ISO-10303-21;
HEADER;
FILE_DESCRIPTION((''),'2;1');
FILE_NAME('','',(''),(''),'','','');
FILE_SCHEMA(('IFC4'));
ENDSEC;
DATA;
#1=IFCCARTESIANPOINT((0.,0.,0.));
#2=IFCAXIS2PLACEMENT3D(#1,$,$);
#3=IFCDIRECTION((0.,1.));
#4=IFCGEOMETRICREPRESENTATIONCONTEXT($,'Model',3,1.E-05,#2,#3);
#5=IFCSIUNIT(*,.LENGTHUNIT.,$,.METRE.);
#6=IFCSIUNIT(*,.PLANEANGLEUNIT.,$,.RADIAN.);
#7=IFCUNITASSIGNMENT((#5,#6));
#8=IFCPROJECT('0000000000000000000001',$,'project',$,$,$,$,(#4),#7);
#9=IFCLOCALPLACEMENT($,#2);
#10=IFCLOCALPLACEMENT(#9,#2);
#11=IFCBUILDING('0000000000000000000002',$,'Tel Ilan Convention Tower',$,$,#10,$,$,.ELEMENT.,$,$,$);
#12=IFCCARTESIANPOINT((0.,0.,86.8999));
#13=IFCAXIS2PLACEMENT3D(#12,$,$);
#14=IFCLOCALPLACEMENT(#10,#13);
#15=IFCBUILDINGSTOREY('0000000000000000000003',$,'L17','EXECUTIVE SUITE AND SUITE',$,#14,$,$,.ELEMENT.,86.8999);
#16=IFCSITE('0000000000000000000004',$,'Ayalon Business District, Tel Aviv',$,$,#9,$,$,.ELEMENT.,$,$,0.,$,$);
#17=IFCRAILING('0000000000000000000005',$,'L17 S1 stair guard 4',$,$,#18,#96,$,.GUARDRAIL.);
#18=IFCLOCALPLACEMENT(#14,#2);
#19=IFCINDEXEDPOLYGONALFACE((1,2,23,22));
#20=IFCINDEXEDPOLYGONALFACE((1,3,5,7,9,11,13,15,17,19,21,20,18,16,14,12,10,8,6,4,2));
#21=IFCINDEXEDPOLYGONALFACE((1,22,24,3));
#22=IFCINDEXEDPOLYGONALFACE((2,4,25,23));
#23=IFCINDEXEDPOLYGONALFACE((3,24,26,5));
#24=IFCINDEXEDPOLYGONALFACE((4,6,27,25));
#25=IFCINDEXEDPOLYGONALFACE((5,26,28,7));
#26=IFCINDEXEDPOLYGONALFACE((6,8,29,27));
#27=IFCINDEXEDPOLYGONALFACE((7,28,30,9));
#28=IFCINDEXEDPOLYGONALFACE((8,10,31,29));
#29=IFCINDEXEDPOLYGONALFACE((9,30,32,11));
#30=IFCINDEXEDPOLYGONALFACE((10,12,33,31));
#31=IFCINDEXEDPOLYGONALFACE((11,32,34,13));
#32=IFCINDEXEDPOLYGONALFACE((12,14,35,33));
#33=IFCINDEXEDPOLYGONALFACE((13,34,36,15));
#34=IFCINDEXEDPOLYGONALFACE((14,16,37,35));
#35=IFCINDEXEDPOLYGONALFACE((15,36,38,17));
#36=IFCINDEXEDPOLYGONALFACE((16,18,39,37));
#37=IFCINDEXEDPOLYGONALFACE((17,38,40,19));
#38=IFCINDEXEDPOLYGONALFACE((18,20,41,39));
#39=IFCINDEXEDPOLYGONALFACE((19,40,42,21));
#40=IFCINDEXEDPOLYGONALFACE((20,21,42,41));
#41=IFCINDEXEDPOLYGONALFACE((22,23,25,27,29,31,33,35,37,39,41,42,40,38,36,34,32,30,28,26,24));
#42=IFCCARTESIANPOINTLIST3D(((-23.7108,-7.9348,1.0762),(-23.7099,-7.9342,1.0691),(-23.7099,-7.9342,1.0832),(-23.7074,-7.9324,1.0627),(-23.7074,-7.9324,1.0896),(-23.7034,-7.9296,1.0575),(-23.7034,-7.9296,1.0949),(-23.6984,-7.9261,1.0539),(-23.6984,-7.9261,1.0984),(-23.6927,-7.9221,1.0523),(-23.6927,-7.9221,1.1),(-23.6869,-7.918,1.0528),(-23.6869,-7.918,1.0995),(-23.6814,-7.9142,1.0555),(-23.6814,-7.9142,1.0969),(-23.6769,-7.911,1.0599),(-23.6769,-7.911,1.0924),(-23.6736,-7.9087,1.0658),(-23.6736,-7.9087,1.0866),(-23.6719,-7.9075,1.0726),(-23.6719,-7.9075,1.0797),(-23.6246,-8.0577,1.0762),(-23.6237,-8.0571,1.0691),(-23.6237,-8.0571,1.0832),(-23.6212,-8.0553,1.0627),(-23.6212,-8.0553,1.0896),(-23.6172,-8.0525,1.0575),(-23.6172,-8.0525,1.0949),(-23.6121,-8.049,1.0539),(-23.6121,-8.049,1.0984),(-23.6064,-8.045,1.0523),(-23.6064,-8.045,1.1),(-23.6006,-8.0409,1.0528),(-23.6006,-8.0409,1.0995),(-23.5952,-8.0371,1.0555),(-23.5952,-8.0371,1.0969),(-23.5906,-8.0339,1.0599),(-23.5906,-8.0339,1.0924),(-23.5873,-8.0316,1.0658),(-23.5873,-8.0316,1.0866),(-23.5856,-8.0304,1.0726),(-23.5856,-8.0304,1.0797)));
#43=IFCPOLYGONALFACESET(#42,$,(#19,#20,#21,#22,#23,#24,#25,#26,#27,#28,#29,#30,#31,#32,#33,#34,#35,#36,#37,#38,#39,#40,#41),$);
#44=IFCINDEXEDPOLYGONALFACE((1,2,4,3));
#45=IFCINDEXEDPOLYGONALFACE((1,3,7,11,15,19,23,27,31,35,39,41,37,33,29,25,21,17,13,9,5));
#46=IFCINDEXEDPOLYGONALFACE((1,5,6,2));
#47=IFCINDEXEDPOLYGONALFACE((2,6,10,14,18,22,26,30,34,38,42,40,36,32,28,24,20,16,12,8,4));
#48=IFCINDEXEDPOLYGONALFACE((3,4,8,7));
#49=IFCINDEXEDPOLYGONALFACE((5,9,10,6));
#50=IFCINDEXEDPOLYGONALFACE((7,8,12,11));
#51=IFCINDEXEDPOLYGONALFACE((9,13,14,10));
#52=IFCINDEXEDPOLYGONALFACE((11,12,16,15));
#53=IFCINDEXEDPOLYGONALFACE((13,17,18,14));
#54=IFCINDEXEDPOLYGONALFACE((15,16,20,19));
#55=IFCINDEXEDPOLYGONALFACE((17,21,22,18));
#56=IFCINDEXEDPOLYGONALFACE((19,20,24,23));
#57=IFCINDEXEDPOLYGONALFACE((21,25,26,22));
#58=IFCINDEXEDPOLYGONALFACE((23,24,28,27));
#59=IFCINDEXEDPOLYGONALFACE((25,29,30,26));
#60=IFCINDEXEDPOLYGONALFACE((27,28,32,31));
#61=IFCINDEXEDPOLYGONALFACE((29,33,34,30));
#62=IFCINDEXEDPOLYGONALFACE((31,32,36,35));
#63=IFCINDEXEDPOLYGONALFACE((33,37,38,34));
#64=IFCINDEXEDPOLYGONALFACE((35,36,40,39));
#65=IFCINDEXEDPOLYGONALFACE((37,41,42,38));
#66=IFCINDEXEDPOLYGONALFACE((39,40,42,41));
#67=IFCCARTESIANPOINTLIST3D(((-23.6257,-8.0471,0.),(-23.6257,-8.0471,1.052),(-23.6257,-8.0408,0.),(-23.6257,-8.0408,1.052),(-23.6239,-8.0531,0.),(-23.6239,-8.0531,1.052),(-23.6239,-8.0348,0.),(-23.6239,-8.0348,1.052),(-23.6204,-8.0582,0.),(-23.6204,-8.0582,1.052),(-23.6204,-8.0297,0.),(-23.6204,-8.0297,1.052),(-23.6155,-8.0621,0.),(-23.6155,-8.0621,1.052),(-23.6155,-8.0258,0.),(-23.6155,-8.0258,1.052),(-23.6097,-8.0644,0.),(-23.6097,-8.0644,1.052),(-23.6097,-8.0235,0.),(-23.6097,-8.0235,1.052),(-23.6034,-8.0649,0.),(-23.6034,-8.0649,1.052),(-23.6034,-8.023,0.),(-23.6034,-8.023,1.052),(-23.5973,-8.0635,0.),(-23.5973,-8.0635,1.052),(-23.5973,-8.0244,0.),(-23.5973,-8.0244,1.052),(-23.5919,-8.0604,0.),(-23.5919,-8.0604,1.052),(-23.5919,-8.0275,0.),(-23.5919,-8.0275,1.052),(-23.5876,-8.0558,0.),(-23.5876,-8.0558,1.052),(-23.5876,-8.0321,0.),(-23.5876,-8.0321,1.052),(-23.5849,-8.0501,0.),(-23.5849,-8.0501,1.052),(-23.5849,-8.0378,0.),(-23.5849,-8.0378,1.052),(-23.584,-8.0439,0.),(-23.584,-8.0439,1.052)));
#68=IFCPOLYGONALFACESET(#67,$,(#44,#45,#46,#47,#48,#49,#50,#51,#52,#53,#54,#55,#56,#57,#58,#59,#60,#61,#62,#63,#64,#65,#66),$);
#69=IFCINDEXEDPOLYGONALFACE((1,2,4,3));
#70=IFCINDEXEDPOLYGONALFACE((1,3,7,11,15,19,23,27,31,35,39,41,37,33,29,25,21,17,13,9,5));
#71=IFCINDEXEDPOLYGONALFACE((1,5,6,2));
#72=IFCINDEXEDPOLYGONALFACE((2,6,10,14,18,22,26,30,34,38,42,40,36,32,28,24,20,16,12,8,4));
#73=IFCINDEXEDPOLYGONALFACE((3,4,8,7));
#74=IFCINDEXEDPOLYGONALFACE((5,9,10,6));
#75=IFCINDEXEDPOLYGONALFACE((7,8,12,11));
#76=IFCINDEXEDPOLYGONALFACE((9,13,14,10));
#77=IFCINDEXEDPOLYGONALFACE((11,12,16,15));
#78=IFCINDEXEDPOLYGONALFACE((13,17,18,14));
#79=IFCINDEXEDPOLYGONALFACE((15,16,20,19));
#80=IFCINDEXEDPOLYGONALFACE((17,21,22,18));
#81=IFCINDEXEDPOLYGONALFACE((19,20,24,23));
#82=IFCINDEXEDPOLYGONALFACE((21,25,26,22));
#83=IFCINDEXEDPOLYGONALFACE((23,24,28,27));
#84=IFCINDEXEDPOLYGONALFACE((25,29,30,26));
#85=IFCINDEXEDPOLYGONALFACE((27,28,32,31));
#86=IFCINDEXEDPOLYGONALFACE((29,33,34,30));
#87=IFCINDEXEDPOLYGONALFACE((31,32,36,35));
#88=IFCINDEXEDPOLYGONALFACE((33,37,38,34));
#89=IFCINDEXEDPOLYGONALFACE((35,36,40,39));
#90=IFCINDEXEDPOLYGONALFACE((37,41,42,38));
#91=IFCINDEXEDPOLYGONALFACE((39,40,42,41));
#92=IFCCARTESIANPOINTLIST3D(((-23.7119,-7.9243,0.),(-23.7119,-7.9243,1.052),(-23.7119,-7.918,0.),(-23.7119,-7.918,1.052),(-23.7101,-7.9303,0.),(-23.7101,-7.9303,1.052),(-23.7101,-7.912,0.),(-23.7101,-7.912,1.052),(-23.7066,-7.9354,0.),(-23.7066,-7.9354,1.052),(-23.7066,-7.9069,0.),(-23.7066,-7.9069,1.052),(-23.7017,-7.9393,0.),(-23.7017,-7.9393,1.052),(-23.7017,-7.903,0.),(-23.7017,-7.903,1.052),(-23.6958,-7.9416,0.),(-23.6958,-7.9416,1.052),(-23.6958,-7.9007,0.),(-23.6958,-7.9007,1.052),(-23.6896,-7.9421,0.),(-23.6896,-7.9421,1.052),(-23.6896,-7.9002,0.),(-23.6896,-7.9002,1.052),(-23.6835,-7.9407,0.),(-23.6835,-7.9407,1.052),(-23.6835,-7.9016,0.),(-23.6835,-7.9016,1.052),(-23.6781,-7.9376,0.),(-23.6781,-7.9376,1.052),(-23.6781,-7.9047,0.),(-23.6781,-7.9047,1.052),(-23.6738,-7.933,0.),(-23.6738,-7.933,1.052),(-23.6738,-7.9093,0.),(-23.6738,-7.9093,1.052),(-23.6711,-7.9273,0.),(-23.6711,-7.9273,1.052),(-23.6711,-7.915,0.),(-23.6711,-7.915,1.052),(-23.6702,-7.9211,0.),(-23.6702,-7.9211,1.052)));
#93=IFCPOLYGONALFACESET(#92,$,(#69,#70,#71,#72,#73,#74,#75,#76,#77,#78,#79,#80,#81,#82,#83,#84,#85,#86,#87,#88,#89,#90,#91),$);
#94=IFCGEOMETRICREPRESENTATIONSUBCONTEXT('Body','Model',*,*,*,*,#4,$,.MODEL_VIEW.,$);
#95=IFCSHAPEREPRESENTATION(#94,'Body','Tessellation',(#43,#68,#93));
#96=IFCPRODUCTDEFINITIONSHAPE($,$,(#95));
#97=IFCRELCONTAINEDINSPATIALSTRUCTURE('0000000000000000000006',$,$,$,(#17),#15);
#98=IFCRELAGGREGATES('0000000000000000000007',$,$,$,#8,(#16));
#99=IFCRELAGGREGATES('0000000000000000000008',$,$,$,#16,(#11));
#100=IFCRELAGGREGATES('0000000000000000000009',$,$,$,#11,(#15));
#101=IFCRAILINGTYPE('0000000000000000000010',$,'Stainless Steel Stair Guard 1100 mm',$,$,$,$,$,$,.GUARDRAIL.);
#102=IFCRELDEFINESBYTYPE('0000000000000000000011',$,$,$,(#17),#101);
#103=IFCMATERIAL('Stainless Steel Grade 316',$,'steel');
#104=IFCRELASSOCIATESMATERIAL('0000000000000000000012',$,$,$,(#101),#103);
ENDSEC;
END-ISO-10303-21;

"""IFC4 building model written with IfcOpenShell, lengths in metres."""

from ifc_helpers import new_model, si_unit, direction, frame, origin, origin_2d, place, context, subcontext, project, spatial, circle, extrude, material, type_object, element, save


model = new_model("IFC4")

# Units and contexts
model_context = context("Model", 3, precision=1e-05, world=origin(), true_north=direction((0.0, 1.0)))
body_context = subcontext(model_context, "Body", "Model", "MODEL_VIEW")
ifc_project = project(units=[si_unit("LENGTHUNIT", "METRE"), si_unit("PLANEANGLEUNIT", "RADIAN")], contexts=[model_context])

# Site, building, storey
site_placement = place(None, origin())
site = spatial("IfcSite", under=ifc_project, at=site_placement, Name="Ayalon Business District, Tel Aviv", CompositionType="ELEMENT", RefElevation=0.0)
building_placement = place(site_placement, origin())
building = spatial("IfcBuilding", under=site, at=building_placement, Name="Tel Ilan Convention Tower", CompositionType="ELEMENT")
storey_placement = place(building_placement, frame((0.0, 0.0, 86.8999)))
storey = spatial("IfcBuildingStorey", under=building, at=storey_placement, Name="L17", Description="EXECUTIVE SUITE AND SUITE", CompositionType="ELEMENT", Elevation=86.8999)

# Railing
ifc_material_1 = material(Name="Stainless Steel Grade 316", Category="steel")
railing_type_1 = type_object("IfcRailingType", Name="Stainless Steel Stair Guard 1100 mm", PredefinedType="GUARDRAIL", material=ifc_material_1)
railing_1_placement = place(storey_placement, frame((-23.605, -8.0439, 0.0)))
element("IfcRailing", 1, at=railing_1_placement, inside=storey, type_object=railing_type_1, Name="L17 S1 stair guard 4", PredefinedType="GUARDRAIL", context=body_context, shape_type="SweptSolid", body=[
    extrude(circle(Radius=0.0239, at=origin_2d()), frame((0.0, 0.0, 1.0762), z_axis=(-0.574445, 0.818543, 0.0), x_axis=(-0.818543, -0.574445, 0.0)), (0.0, 0.0, 1.0), 0.1501),
    extrude(circle(Radius=0.021, at=origin_2d()), origin(), (0.0, 0.0, 1.0), 1.052),
    extrude(circle(Radius=0.021, at=origin_2d()), frame((-0.0862, 0.1228, 0.0)), (0.0, 0.0, 1.0), 1.052),
])

save(model, "model.ifc")
